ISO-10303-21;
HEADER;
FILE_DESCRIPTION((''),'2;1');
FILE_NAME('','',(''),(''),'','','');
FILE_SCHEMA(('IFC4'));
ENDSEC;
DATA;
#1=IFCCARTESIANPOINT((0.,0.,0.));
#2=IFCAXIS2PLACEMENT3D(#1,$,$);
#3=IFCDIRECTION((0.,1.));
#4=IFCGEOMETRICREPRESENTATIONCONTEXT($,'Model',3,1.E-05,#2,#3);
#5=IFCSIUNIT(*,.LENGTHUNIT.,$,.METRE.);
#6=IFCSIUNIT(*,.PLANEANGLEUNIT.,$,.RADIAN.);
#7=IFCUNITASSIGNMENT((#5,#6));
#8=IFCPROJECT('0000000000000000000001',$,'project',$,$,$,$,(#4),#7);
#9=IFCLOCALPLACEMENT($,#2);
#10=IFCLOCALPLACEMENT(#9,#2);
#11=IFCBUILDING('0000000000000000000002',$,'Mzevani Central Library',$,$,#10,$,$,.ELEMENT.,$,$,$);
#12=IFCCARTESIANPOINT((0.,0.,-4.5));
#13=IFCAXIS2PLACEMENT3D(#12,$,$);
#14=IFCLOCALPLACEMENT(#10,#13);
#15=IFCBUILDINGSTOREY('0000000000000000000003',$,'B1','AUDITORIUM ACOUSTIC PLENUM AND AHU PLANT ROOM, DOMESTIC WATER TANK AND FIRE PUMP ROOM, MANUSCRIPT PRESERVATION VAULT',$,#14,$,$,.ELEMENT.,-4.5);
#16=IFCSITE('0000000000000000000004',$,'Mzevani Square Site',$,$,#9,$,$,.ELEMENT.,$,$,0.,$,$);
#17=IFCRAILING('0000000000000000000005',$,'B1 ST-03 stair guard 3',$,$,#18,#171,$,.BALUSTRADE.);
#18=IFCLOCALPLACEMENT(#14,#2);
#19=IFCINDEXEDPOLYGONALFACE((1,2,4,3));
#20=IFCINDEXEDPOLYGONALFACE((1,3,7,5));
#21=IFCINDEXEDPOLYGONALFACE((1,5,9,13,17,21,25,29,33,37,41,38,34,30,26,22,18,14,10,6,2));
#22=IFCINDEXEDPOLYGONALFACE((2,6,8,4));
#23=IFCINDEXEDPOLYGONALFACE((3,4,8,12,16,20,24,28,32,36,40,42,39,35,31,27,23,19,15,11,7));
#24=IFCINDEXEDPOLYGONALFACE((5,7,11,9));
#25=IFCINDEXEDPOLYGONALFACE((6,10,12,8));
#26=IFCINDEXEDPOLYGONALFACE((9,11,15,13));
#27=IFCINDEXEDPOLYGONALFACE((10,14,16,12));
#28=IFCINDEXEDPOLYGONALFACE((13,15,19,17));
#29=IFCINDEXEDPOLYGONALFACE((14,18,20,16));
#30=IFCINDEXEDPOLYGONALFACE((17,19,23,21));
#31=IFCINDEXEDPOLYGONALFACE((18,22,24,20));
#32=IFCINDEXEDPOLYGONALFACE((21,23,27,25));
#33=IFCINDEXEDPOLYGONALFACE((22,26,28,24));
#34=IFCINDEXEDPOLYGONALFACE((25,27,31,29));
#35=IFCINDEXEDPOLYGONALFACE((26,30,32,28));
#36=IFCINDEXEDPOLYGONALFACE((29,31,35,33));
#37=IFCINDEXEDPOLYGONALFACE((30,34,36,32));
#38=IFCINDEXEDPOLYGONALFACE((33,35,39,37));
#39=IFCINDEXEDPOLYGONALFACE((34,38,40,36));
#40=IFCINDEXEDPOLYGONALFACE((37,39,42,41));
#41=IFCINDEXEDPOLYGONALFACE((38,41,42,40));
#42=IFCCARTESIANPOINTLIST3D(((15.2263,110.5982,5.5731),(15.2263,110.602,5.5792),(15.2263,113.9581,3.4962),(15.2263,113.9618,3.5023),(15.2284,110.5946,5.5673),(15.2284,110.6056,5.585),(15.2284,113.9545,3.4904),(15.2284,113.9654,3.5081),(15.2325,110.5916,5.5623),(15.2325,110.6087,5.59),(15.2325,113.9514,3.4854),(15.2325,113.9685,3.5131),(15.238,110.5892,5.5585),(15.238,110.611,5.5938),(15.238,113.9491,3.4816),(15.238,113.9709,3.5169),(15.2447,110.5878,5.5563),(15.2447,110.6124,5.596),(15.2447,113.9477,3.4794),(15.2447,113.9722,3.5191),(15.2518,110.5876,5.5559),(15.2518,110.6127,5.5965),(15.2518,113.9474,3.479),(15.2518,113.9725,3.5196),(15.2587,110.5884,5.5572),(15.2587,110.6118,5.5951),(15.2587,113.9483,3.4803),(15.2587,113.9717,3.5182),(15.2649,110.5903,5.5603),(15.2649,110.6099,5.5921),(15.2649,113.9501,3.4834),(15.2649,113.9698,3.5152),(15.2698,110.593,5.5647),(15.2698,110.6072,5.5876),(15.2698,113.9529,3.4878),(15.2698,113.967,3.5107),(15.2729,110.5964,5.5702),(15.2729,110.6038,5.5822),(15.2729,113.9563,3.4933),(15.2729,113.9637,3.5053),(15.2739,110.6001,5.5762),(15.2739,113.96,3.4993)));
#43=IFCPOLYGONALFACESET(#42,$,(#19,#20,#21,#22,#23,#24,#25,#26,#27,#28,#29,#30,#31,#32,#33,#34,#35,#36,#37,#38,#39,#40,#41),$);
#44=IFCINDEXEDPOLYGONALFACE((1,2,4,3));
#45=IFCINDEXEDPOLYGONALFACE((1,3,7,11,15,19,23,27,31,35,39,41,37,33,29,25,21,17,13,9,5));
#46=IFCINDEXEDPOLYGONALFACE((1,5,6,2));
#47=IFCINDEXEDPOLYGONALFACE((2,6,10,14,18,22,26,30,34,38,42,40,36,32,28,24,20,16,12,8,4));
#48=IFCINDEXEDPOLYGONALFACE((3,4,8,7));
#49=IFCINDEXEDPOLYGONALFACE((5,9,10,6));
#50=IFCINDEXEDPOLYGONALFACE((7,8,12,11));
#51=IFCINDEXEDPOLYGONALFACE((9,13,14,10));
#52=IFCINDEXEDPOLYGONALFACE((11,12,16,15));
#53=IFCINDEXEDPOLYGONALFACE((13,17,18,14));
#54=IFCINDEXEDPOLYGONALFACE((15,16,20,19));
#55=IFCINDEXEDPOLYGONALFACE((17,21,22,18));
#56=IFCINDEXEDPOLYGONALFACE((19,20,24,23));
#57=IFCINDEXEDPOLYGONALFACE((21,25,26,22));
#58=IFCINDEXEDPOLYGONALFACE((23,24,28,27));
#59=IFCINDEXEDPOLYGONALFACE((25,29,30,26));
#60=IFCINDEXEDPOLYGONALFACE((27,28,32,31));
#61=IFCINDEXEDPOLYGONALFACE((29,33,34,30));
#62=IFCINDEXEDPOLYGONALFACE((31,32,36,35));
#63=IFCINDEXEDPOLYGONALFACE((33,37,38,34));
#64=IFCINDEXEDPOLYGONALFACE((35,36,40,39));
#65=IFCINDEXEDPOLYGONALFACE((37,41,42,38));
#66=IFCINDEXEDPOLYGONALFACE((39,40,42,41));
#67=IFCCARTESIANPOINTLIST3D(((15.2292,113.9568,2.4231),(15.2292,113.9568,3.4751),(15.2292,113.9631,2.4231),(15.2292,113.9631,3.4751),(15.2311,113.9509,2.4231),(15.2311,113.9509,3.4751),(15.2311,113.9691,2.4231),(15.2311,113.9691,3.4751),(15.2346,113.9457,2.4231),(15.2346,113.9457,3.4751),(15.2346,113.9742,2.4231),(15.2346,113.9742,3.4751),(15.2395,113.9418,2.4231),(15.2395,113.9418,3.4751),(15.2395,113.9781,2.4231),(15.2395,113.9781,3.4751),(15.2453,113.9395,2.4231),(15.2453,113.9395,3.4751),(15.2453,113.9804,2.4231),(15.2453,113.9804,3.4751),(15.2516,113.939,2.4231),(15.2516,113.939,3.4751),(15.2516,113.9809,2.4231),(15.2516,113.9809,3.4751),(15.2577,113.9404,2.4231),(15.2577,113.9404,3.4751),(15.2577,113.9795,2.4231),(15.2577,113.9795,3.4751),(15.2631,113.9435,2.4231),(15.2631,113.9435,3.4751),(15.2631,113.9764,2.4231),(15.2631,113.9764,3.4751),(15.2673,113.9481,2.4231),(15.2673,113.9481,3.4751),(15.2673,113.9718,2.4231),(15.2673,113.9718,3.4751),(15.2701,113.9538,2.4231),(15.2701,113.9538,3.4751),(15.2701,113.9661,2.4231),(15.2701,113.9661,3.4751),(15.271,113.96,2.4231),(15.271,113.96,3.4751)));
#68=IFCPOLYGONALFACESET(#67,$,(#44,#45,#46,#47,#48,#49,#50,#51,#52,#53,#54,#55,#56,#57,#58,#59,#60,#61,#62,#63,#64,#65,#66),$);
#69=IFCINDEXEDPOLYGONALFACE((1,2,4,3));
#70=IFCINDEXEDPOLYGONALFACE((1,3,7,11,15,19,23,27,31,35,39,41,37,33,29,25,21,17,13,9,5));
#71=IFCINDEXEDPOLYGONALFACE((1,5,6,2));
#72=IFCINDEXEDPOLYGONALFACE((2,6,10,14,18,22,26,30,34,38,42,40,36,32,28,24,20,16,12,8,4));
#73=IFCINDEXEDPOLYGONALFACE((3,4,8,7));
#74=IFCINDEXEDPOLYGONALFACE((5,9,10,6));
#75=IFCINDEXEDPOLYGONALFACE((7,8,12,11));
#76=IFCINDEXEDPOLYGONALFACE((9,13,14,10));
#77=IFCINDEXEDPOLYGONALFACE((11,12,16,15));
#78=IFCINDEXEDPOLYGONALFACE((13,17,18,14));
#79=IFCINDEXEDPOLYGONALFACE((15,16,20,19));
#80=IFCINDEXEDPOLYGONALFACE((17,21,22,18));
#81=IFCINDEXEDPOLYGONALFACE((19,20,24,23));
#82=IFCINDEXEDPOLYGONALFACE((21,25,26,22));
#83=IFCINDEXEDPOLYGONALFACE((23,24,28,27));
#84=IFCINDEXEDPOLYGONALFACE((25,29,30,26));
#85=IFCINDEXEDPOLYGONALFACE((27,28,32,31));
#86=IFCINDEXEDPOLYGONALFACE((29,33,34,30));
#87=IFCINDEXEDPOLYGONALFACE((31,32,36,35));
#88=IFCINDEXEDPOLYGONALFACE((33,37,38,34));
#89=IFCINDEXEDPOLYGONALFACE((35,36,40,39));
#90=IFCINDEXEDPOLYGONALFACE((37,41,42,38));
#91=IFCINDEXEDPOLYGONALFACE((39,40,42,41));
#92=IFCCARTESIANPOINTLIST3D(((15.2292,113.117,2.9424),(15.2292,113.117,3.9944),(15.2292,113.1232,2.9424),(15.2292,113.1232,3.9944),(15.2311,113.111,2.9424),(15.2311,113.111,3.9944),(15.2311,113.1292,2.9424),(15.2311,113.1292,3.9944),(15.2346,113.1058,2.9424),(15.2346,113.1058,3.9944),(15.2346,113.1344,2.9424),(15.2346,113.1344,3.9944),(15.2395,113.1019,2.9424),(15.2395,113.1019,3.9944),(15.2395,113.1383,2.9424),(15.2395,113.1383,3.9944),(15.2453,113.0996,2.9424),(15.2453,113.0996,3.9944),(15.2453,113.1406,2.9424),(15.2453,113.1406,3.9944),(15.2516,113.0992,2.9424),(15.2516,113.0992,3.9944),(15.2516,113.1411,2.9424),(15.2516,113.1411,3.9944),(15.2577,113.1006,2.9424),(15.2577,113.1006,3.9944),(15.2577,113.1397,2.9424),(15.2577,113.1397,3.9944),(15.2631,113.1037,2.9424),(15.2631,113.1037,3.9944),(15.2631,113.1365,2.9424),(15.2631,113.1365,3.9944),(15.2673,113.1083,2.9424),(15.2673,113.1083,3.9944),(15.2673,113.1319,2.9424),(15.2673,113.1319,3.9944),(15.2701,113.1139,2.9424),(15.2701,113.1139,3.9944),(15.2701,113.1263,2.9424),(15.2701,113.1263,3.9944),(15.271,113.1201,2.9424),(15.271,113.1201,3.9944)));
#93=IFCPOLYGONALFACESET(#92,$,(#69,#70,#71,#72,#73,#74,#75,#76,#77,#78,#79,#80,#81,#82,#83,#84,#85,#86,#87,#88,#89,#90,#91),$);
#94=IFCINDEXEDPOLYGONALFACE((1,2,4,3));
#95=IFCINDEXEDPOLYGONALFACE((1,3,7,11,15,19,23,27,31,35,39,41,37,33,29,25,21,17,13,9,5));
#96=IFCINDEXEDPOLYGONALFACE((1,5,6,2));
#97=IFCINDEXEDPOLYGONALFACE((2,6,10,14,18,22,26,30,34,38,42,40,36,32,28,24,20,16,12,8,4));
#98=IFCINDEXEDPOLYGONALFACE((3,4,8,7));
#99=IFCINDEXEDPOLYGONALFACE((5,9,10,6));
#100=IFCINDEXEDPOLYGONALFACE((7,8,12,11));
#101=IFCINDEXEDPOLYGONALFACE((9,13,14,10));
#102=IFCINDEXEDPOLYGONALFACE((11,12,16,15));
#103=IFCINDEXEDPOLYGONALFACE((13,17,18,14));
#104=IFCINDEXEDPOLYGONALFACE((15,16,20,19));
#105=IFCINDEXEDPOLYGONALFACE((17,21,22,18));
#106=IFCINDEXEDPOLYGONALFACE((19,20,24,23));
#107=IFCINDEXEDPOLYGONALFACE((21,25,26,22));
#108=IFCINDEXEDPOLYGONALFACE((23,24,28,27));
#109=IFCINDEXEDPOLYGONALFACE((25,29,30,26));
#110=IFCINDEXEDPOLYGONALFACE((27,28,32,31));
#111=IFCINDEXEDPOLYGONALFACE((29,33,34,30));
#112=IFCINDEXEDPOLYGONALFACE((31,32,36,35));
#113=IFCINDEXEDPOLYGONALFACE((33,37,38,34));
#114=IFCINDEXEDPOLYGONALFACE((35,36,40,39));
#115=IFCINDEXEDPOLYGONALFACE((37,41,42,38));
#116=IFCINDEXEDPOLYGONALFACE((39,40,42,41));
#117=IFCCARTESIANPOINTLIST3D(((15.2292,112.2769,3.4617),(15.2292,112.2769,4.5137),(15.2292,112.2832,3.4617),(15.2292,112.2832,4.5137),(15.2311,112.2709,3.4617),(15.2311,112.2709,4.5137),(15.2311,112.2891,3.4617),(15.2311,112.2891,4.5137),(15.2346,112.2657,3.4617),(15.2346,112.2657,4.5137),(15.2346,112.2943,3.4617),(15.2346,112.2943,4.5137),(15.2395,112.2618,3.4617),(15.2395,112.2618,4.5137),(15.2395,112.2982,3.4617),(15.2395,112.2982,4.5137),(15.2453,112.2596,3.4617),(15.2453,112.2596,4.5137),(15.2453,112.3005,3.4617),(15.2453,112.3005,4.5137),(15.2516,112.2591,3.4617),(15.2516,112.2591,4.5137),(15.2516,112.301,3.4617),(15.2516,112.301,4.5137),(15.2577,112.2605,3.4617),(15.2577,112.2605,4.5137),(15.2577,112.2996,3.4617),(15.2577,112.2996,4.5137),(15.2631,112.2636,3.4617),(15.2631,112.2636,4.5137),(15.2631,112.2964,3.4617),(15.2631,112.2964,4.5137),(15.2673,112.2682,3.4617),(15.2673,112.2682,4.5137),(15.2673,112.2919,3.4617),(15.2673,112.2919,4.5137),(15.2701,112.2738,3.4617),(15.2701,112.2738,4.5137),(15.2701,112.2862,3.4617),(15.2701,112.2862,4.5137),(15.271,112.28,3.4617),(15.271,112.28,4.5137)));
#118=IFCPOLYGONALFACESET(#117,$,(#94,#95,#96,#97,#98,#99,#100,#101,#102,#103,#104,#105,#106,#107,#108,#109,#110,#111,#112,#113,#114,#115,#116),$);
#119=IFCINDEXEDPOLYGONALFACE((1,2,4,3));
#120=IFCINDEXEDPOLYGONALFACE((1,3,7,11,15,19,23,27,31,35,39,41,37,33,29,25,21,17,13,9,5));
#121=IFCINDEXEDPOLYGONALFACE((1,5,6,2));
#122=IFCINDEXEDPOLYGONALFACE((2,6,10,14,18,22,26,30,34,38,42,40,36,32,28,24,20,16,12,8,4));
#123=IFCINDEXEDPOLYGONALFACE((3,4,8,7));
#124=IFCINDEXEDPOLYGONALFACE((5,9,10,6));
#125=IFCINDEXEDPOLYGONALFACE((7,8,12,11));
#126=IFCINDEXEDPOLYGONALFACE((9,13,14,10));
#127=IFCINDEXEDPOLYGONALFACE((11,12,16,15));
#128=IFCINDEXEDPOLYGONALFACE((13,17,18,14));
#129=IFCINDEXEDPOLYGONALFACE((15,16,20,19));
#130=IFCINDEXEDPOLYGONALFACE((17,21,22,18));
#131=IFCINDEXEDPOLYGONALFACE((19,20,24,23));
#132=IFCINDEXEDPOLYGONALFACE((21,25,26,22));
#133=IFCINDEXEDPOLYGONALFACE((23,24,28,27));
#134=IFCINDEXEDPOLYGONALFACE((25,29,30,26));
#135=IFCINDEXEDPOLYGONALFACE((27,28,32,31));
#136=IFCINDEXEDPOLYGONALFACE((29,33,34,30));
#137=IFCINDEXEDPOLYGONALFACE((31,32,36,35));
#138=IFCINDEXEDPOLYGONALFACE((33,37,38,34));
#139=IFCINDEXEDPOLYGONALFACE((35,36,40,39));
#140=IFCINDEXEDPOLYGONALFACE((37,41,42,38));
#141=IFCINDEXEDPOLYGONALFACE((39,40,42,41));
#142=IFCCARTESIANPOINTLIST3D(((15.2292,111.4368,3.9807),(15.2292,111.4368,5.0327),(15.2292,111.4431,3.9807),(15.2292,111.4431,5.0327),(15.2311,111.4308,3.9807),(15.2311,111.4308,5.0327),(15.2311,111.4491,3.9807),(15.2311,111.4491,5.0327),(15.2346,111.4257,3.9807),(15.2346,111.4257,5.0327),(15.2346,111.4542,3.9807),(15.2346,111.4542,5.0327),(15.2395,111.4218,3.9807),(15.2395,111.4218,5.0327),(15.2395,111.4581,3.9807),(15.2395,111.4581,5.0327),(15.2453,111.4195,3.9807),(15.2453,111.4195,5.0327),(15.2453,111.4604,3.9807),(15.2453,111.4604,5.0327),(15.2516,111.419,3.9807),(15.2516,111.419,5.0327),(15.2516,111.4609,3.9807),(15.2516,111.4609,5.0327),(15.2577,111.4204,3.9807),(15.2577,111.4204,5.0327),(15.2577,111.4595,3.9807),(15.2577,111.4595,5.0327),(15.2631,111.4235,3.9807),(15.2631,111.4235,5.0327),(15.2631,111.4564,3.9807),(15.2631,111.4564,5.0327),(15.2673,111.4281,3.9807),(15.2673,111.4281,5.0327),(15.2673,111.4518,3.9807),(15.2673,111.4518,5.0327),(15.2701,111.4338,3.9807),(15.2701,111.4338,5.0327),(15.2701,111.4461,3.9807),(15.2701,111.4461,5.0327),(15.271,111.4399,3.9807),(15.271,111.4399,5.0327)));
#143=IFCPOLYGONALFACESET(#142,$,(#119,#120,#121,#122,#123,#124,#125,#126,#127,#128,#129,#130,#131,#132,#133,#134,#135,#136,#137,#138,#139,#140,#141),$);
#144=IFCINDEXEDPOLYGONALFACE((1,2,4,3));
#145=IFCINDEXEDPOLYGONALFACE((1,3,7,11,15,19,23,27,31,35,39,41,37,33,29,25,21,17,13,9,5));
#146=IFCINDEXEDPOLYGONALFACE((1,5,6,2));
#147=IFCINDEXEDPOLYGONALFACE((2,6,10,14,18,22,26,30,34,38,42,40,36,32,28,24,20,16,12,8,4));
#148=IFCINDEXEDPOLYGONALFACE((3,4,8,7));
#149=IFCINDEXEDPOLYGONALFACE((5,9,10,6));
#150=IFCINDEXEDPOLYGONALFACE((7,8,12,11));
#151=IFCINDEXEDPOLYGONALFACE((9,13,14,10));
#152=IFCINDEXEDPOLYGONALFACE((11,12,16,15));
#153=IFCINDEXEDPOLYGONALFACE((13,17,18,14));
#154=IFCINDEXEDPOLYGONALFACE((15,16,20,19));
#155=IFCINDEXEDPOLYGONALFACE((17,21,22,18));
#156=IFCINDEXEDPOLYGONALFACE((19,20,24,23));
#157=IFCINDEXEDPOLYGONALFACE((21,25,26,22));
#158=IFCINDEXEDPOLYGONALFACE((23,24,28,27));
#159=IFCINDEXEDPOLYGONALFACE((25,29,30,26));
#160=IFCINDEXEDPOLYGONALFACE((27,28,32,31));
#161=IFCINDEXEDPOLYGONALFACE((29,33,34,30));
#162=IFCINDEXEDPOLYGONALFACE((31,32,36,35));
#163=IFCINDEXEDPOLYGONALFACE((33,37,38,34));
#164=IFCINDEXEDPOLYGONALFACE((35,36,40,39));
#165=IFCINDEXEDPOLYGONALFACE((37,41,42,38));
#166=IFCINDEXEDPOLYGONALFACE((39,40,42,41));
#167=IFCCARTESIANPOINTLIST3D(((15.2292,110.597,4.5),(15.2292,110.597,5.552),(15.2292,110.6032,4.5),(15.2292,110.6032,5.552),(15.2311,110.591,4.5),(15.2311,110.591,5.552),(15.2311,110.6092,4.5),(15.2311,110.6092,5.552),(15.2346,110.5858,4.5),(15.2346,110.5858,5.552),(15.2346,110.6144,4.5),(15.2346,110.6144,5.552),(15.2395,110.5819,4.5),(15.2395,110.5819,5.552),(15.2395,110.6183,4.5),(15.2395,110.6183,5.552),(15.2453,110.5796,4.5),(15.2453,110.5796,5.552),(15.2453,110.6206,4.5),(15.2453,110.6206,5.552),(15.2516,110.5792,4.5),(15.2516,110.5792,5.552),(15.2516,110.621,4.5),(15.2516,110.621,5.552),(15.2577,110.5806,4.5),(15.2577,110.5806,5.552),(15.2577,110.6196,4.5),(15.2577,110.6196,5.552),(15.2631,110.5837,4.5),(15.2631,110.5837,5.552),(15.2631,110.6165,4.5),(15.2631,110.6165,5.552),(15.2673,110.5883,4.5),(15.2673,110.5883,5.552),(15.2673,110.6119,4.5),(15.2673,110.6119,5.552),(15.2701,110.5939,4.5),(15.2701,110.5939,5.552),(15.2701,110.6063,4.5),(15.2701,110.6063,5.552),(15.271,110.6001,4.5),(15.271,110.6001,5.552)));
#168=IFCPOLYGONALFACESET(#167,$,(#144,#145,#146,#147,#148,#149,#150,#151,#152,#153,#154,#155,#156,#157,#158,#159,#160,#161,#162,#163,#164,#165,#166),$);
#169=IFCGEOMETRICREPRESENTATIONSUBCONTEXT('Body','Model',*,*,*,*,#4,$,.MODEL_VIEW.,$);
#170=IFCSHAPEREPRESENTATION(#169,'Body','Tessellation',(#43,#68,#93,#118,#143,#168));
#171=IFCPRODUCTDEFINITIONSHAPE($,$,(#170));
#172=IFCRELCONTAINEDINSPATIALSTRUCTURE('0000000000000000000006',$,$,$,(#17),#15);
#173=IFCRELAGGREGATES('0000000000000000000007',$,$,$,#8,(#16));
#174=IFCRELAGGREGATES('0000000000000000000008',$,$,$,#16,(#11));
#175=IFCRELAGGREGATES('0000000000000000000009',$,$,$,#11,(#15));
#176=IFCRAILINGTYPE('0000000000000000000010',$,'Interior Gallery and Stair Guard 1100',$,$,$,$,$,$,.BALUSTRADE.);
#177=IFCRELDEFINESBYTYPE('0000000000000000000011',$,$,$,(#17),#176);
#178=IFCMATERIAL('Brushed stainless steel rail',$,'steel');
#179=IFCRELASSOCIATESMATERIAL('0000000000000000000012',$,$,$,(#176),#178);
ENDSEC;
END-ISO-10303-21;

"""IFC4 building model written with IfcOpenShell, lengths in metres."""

from ifc_helpers import new_model, si_unit, direction, frame, origin, origin_2d, place, context, subcontext, project, spatial, circle, extrude, material, type_object, element, save


model = new_model("IFC4")

# Units and contexts
model_context = context("Model", 3, precision=1e-05, world=origin(), true_north=direction((0.0, 1.0)))
body_context = subcontext(model_context, "Body", "Model", "MODEL_VIEW")
ifc_project = project(units=[si_unit("LENGTHUNIT", "METRE"), si_unit("PLANEANGLEUNIT", "RADIAN")], contexts=[model_context])

# Site, building, storey
site_placement = place(None, origin())
site = spatial("IfcSite", under=ifc_project, at=site_placement, Name="Mzevani Square Site", CompositionType="ELEMENT", RefElevation=0.0)
building_placement = place(site_placement, origin())
building = spatial("IfcBuilding", under=site, at=building_placement, Name="Mzevani Central Library", CompositionType="ELEMENT")
storey_placement = place(building_placement, frame((0.0, 0.0, -4.5)))
storey = spatial("IfcBuildingStorey", under=building, at=storey_placement, Name="B1", Description="AUDITORIUM ACOUSTIC PLENUM AND AHU PLANT ROOM, DOMESTIC WATER TANK AND FIRE PUMP ROOM, MANUSCRIPT PRESERVATION VAULT", CompositionType="ELEMENT", Elevation=-4.5)

# Railing
ifc_material_1 = material(Name="Brushed stainless steel rail", Category="steel")
railing_type_1 = type_object("IfcRailingType", Name="Interior Gallery and Stair Guard 1100", PredefinedType="BALUSTRADE", material=ifc_material_1)
railing_1_placement = place(storey_placement, frame((15.25, 113.96, 2.4231)))
element("IfcRailing", 1, at=railing_1_placement, inside=storey, type_object=railing_type_1, Name="B1 ST-03 stair guard 3", PredefinedType="BALUSTRADE", context=body_context, shape_type="SweptSolid", body=[
    extrude(circle(Radius=0.0239, at=origin_2d()), frame((0.0, 0.0, 1.0762), z_axis=(0.0, -0.850606, 0.525803), x_axis=(1.0, 0.0, 0.0)), (0.0, 0.0, 1.0), 3.95),
    extrude(circle(Radius=0.021, at=origin_2d()), origin(), (0.0, 0.0, 1.0), 1.052),
    extrude(circle(Radius=0.021, at=origin_2d()), frame((0.0, -0.8398, 0.5193)), (0.0, 0.0, 1.0), 1.052),
    extrude(circle(Radius=0.021, at=origin_2d()), frame((0.0, -1.6799, 1.0386)), (0.0, 0.0, 1.0), 1.052),
    extrude(circle(Radius=0.021, at=origin_2d()), frame((0.0, -2.52, 1.5576)), (0.0, 0.0, 1.0), 1.052),
    extrude(circle(Radius=0.021, at=origin_2d()), frame((0.0, -3.3599, 2.0769)), (0.0, 0.0, 1.0), 1.052),
])

save(model, "model.ifc")
